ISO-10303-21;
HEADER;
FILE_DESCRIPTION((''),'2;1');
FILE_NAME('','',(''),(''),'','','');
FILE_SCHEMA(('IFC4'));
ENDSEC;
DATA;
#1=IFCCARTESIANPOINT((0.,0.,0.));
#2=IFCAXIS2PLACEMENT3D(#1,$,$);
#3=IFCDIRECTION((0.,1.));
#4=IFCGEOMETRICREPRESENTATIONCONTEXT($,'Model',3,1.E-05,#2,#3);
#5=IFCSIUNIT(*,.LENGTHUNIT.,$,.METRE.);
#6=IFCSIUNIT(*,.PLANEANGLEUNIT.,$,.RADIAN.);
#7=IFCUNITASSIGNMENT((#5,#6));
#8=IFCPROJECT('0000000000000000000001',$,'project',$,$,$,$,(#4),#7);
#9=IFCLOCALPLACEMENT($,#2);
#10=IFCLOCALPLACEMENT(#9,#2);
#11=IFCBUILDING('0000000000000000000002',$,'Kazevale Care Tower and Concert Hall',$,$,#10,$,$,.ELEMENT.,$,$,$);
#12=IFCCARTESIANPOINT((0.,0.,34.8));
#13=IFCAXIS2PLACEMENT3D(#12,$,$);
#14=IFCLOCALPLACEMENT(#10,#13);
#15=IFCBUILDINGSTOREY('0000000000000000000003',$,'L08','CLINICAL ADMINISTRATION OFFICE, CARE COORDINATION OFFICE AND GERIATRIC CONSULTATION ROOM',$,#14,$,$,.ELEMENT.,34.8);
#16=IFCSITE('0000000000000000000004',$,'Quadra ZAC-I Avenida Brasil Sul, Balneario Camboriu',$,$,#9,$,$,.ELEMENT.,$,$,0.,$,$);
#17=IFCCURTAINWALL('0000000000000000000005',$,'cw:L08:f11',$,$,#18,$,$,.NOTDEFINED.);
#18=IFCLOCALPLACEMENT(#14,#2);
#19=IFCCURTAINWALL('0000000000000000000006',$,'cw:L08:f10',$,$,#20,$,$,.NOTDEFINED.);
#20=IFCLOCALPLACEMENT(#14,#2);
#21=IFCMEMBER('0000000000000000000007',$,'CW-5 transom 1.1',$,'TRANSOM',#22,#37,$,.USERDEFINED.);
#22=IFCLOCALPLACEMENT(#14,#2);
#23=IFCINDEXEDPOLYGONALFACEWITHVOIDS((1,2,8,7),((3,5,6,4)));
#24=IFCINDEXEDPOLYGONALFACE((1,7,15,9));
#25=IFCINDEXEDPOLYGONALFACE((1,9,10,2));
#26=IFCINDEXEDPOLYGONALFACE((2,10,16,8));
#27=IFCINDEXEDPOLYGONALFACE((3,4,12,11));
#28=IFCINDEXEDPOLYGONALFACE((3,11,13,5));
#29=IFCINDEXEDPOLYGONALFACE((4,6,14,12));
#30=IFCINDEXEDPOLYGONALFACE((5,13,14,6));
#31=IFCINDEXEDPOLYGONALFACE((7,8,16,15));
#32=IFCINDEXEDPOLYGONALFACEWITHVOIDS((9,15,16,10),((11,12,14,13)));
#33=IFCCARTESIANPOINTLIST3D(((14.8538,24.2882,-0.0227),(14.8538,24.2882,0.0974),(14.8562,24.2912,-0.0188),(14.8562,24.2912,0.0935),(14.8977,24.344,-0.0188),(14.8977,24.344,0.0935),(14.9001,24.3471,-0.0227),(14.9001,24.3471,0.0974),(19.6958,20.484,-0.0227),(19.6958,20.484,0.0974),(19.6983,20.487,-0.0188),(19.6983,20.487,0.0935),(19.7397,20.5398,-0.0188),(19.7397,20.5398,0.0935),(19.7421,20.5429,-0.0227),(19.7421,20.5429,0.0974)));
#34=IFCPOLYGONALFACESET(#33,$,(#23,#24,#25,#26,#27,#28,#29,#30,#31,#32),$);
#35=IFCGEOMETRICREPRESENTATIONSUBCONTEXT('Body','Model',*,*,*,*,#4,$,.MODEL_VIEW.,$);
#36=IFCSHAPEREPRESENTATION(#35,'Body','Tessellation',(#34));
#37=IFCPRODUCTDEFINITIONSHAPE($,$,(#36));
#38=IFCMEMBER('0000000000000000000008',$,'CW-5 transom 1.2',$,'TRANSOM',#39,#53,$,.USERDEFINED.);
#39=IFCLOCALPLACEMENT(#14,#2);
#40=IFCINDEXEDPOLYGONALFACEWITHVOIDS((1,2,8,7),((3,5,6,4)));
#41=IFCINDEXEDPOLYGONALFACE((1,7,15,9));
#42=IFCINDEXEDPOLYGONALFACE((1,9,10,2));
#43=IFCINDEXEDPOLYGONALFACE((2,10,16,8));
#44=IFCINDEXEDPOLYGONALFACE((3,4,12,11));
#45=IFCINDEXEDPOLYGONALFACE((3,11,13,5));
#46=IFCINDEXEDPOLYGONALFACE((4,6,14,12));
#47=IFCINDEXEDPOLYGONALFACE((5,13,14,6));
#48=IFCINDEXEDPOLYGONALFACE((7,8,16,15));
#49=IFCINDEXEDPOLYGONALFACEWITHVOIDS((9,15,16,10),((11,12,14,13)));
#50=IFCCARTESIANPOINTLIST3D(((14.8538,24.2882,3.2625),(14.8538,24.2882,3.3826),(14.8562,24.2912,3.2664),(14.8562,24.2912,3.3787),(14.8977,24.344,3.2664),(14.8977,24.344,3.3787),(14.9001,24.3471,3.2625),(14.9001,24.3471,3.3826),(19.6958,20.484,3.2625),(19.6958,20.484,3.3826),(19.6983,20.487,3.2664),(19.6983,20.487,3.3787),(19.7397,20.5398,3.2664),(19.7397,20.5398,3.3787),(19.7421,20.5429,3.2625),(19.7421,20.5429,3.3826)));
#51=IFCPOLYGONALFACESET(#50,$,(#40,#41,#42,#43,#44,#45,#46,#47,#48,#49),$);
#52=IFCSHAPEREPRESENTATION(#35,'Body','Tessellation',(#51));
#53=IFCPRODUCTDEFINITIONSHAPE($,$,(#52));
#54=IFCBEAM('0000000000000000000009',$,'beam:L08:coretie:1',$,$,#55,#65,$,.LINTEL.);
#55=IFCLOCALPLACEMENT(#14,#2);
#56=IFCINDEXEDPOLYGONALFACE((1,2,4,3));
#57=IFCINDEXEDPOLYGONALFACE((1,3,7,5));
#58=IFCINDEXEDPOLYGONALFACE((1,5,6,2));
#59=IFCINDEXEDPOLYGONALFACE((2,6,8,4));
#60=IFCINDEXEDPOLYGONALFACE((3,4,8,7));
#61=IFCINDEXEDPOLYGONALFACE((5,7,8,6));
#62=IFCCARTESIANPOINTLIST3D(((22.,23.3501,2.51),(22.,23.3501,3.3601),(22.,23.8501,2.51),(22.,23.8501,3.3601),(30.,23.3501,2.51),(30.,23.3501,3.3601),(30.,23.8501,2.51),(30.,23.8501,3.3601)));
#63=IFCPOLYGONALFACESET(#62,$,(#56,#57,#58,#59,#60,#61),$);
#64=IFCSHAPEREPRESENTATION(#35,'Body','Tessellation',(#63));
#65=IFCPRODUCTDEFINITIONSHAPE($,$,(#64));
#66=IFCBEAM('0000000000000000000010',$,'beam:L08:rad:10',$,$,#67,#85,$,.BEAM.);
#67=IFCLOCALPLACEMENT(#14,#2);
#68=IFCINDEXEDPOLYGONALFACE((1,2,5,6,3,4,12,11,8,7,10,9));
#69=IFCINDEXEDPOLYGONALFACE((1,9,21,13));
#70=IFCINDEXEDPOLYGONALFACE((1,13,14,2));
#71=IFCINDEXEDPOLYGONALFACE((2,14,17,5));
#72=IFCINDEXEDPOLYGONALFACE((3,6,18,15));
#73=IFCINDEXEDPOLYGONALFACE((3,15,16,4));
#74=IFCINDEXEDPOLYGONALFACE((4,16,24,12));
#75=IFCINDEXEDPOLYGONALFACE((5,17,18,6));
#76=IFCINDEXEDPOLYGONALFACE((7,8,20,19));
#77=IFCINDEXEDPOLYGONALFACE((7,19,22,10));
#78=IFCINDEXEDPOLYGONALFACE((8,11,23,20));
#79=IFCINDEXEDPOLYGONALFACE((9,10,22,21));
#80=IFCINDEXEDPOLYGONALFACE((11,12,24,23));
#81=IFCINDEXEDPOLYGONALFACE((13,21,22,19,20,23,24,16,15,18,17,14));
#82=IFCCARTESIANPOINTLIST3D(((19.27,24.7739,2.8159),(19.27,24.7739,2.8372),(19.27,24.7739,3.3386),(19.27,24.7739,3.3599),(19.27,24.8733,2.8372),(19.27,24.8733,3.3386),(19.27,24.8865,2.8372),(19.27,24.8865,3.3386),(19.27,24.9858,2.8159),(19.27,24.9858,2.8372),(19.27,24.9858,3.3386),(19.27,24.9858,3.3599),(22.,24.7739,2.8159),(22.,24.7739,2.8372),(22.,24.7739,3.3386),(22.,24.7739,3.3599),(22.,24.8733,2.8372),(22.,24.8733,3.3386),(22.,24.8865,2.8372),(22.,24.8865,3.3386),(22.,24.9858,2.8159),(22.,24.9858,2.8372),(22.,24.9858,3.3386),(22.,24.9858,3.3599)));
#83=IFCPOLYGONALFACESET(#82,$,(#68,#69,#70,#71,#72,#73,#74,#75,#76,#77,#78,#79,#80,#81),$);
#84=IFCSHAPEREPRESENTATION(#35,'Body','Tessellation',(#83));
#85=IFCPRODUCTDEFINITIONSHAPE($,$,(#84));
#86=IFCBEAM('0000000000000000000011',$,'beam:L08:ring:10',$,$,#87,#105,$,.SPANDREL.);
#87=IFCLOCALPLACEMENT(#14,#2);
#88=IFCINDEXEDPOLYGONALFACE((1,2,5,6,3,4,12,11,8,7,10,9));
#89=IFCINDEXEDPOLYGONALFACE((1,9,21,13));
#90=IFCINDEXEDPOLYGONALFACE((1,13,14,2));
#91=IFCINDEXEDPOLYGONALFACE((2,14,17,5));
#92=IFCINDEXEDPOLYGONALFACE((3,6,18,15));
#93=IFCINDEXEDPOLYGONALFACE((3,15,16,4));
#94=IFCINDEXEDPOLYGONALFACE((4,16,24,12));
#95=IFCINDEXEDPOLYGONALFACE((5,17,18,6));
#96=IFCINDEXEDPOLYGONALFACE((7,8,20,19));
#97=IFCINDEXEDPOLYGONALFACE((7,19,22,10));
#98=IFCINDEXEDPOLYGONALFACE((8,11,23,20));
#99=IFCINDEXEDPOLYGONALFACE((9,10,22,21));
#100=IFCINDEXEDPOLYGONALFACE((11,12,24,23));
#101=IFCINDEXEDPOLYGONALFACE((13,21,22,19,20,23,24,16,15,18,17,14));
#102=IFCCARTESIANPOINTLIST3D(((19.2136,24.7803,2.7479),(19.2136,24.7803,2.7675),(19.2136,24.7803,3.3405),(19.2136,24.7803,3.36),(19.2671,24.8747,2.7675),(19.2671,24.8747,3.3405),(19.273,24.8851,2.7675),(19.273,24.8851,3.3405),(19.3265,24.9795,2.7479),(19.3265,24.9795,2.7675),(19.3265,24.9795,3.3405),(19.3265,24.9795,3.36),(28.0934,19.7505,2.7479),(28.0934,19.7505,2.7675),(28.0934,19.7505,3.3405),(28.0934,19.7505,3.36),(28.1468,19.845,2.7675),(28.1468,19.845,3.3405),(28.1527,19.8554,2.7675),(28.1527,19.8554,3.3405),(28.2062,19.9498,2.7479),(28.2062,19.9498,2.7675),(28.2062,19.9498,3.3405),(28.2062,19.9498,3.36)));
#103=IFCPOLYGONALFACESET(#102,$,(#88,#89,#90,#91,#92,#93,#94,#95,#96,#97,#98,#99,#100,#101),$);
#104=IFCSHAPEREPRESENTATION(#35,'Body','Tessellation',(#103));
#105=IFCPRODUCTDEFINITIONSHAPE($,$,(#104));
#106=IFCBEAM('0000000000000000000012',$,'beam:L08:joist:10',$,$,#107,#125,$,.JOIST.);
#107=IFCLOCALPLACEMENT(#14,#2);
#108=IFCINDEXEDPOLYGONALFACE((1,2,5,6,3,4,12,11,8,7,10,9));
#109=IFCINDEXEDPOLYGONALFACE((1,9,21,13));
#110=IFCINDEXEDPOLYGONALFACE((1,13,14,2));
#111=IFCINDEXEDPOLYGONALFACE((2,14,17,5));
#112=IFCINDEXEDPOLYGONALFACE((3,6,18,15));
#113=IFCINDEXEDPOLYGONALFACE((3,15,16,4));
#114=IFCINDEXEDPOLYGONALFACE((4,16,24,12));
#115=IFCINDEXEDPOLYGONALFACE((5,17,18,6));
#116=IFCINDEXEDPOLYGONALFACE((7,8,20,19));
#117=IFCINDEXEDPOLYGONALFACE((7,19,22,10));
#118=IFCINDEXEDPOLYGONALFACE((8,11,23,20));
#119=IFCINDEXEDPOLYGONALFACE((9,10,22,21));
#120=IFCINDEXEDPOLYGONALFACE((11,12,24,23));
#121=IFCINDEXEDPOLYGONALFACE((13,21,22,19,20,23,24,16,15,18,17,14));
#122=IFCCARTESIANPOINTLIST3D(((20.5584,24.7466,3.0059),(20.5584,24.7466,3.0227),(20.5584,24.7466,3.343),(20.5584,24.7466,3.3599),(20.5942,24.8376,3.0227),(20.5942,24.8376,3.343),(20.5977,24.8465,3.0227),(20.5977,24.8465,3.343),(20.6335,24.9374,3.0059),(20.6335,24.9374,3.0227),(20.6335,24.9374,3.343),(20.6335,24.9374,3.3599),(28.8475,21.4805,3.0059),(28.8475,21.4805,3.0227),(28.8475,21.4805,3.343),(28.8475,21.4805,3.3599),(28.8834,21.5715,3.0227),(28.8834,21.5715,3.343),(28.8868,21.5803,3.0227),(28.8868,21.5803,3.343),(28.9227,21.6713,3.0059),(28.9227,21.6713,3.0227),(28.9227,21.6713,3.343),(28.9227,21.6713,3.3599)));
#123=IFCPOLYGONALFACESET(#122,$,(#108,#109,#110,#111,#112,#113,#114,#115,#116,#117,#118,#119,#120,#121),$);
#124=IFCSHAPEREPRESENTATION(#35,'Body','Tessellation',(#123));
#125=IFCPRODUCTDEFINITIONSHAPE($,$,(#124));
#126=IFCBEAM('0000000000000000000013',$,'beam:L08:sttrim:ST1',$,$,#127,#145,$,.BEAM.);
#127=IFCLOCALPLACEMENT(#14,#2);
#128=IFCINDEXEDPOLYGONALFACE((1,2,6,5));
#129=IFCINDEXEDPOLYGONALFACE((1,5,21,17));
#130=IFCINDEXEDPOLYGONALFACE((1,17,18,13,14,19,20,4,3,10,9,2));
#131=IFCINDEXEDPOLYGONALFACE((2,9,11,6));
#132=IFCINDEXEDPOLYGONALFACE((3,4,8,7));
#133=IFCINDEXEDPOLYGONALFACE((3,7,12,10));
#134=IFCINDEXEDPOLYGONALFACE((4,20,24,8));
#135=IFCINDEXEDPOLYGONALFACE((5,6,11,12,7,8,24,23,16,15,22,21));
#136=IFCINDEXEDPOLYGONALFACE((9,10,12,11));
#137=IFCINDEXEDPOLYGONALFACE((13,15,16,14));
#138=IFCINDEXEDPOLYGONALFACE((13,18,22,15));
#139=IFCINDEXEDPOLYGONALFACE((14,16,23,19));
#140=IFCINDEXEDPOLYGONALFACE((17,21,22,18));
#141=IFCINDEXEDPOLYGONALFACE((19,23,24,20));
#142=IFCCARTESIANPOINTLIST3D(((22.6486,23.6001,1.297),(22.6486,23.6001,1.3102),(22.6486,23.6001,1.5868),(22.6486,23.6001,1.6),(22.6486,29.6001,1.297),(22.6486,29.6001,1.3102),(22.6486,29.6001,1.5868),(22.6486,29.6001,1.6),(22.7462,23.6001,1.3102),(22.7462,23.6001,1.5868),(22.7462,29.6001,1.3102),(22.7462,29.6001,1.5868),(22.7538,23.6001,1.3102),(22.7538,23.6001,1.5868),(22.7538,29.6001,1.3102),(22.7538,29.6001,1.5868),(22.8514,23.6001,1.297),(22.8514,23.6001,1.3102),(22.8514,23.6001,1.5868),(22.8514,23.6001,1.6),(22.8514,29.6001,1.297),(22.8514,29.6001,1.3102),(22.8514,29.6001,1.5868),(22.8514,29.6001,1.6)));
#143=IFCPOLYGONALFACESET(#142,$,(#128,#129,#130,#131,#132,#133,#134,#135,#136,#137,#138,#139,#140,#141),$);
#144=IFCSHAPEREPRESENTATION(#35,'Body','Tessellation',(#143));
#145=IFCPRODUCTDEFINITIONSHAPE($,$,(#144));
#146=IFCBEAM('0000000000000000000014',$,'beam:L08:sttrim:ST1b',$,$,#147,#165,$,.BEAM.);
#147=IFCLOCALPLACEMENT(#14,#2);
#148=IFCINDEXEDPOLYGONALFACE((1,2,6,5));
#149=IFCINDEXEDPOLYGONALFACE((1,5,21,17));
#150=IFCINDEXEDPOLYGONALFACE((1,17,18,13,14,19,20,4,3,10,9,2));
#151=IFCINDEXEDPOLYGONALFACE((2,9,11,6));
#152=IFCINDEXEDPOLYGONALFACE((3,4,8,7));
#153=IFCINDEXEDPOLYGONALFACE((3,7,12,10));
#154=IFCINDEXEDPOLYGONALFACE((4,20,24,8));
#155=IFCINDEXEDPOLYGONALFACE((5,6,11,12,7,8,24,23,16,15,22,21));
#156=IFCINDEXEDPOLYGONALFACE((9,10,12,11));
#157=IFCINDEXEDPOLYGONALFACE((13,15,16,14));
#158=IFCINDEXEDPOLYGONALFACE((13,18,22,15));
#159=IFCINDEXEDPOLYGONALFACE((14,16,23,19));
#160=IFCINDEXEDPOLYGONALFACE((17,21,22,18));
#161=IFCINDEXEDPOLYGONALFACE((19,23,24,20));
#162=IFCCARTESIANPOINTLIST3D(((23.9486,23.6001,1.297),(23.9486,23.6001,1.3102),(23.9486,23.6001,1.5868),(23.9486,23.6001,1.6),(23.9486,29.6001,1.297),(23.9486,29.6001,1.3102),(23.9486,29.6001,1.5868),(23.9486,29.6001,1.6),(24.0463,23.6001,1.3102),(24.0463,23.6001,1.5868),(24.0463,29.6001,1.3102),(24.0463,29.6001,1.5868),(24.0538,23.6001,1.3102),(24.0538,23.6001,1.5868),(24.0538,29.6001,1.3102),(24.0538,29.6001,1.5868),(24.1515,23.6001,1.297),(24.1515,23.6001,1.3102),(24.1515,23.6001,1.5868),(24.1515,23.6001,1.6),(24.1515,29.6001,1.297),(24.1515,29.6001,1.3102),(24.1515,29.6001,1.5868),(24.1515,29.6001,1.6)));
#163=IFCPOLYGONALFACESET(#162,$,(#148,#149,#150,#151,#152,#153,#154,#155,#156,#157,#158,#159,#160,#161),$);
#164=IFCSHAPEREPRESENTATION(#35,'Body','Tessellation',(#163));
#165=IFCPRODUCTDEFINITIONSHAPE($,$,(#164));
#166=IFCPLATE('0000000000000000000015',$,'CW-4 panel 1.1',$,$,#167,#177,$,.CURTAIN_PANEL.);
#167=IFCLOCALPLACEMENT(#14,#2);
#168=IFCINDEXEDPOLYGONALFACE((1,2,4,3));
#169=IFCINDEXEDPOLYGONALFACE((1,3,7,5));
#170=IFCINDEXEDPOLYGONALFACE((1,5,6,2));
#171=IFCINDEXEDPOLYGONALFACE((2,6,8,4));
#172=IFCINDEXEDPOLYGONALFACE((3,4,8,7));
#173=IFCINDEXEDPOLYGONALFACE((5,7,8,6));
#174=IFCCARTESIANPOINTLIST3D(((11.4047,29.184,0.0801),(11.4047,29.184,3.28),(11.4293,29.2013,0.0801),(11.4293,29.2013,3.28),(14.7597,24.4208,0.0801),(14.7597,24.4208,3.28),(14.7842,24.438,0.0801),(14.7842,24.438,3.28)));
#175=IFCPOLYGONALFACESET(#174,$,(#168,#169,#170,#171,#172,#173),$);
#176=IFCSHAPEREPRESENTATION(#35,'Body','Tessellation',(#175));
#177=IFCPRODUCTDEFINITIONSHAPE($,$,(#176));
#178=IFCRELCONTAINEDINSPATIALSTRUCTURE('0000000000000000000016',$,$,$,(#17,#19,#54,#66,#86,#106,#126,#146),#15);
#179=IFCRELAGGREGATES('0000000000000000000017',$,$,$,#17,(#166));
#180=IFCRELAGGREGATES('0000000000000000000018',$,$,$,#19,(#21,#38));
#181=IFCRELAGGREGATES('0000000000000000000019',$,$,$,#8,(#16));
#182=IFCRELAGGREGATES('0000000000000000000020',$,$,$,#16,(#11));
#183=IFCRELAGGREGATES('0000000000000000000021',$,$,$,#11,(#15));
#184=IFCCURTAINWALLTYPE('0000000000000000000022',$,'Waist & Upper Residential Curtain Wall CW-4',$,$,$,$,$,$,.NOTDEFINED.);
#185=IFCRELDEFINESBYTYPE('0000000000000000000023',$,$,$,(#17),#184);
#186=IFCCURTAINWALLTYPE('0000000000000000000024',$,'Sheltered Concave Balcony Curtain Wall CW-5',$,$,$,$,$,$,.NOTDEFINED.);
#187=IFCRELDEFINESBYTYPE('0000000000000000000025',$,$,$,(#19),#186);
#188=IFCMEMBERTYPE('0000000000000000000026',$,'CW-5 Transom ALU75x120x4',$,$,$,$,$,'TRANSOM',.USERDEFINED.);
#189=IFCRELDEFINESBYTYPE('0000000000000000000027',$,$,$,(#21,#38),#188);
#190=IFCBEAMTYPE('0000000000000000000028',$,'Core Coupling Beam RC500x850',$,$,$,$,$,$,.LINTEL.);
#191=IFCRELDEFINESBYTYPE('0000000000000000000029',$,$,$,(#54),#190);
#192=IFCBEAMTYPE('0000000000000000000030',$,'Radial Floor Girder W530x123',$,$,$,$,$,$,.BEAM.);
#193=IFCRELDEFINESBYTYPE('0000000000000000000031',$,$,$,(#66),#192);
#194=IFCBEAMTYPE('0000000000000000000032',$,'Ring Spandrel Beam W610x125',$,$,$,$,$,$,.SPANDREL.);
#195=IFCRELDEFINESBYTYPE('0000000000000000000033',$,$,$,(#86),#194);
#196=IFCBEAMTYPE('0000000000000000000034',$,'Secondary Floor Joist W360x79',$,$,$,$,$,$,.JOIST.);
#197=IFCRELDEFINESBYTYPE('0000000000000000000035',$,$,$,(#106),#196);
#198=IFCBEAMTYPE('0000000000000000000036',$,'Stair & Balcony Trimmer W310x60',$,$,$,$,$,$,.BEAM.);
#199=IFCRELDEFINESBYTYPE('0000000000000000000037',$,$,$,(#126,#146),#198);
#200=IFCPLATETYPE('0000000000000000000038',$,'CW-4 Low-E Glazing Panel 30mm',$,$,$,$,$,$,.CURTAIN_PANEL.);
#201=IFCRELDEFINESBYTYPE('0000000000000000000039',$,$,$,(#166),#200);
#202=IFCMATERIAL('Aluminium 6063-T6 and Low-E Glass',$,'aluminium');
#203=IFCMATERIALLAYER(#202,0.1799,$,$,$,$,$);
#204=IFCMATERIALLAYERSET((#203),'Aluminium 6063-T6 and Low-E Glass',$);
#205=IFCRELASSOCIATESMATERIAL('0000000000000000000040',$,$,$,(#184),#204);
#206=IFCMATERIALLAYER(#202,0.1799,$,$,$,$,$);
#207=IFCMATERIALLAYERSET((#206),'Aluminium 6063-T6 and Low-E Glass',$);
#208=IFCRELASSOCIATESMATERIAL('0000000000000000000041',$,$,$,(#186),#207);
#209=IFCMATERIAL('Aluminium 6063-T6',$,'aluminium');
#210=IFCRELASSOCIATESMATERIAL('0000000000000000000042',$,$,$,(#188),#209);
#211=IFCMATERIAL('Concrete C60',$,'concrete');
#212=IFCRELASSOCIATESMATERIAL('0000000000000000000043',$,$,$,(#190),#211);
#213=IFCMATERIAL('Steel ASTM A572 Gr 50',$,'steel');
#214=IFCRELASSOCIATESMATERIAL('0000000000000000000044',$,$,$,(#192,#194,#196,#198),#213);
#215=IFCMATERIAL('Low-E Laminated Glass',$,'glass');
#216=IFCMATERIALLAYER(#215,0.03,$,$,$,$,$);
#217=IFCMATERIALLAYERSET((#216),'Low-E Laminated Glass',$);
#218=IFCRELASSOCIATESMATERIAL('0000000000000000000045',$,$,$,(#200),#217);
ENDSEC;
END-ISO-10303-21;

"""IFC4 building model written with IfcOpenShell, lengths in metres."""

from ifc_helpers import new_model, si_unit, direction, frame, origin, origin_2d, place, context, subcontext, project, spatial, rectangle, hollow_rectangle, i_section, extrude, material, layer, layer_set, material_profile, profile_set, type_object, element, aggregate, save


model = new_model("IFC4")

# Units and contexts
model_context = context("Model", 3, precision=1e-05, world=origin(), true_north=direction((0.0, 1.0)))
body_context = subcontext(model_context, "Body", "Model", "MODEL_VIEW")
ifc_project = project(units=[si_unit("LENGTHUNIT", "METRE"), si_unit("PLANEANGLEUNIT", "RADIAN")], contexts=[model_context])

# Site, building, storey
site_placement = place(None, origin())
site = spatial("IfcSite", under=ifc_project, at=site_placement, Name="Quadra ZAC-I Avenida Brasil Sul, Balneario Camboriu", CompositionType="ELEMENT", RefElevation=0.0)
building_placement = place(site_placement, origin())
building = spatial("IfcBuilding", under=site, at=building_placement, Name="Kazevale Care Tower and Concert Hall", CompositionType="ELEMENT")
storey_placement = place(building_placement, frame((0.0, 0.0, 34.8)))
storey = spatial("IfcBuildingStorey", under=building, at=storey_placement, Name="L08", Description="CLINICAL ADMINISTRATION OFFICE, CARE COORDINATION OFFICE AND GERIATRIC CONSULTATION ROOM", CompositionType="ELEMENT", Elevation=34.8)

# Curtain wall
ifc_material_1 = material(Name="Aluminium 6063-T6 and Low-E Glass", Category="aluminium")
ifc_layer_1 = layer(ifc_material_1, 0.1799)
ifc_layer_set_1 = layer_set([ifc_layer_1], Name="Aluminium 6063-T6 and Low-E Glass")
curtain_wall_type_1 = type_object("IfcCurtainWallType", Name="Waist & Upper Residential Curtain Wall CW-4", PredefinedType="NOTDEFINED", material=ifc_layer_set_1)
curtain_wall_1_placement = place(storey_placement, origin())
curtain_wall_1 = element("IfcCurtainWall", 1, at=curtain_wall_1_placement, inside=storey, type_object=curtain_wall_type_1, Name="cw:L08:f11", PredefinedType="NOTDEFINED")
ifc_material_2 = material(Name="Aluminium 6063-T6", Category="aluminium")

# Shared definitions
ifc_layer_2 = layer(ifc_material_1, 0.1799)
ifc_layer_set_2 = layer_set([ifc_layer_2], Name="Aluminium 6063-T6 and Low-E Glass")
curtain_wall_type_2 = type_object("IfcCurtainWallType", Name="Sheltered Concave Balcony Curtain Wall CW-5", PredefinedType="NOTDEFINED", material=ifc_layer_set_2)

# Curtain wall, members
curtain_wall_2_placement = place(storey_placement, origin())
curtain_wall_2 = element("IfcCurtainWall", 2, at=curtain_wall_2_placement, inside=storey, type_object=curtain_wall_type_2, Name="cw:L08:f10", PredefinedType="NOTDEFINED")
ifc_material_profile_1 = material_profile(ifc_material_2, hollow_rectangle(XDim=0.075, YDim=0.1201, WallThickness=0.0039, at=origin_2d()), Name="ALU75x120x4")
ifc_profile_set_1 = profile_set([ifc_material_profile_1], Name="Aluminium 6063-T6")
member_type_1 = type_object("IfcMemberType", Name="CW-5 Transom ALU75x120x4", ElementType="TRANSOM", PredefinedType="USERDEFINED", material=ifc_profile_set_1)
member_1_placement = place(storey_placement, frame((19.719, 20.5134, 0.0374), z_axis=(-0.786339, 0.617795, 0.0), x_axis=(-0.617795, -0.786339, 0.0)))
member_1 = element("IfcMember", 3, at=member_1_placement, type_object=member_type_1, Name="CW-5 transom 1.1", ObjectType="TRANSOM", PredefinedType="USERDEFINED", context=body_context, shape_type="SweptSolid", body=[
    extrude(hollow_rectangle(XDim=0.075, YDim=0.1201, WallThickness=0.0039, at=origin_2d()), origin(), (0.0, 0.0, 1.0), 6.1577),
])
member_2_placement = place(storey_placement, frame((19.719, 20.5134, 3.3225), z_axis=(-0.786339, 0.617795, 0.0), x_axis=(-0.617795, -0.786339, 0.0)))
member_2 = element("IfcMember", 4, at=member_2_placement, type_object=member_type_1, Name="CW-5 transom 1.2", ObjectType="TRANSOM", PredefinedType="USERDEFINED", context=body_context, shape_type="SweptSolid", body=[
    extrude(hollow_rectangle(XDim=0.075, YDim=0.1201, WallThickness=0.0039, at=origin_2d()), origin(), (0.0, 0.0, 1.0), 6.1577),
])

# Beams
ifc_material_3 = material(Name="Concrete C60", Category="concrete")
ifc_material_profile_2 = material_profile(ifc_material_3, rectangle(XDim=0.5, YDim=0.8501, at=origin_2d()), Name="RC-B500x850")
ifc_profile_set_2 = profile_set([ifc_material_profile_2], Name="Concrete C60")
beam_type_1 = type_object("IfcBeamType", Name="Core Coupling Beam RC500x850", PredefinedType="LINTEL", material=ifc_profile_set_2)
beam_1_placement = place(storey_placement, frame((22.0, 23.6001, 2.9351), z_axis=(1.0, 0.0, 0.0), x_axis=(0.0, 1.0, 0.0)))
element("IfcBeam", 5, at=beam_1_placement, inside=storey, type_object=beam_type_1, Name="beam:L08:coretie:1", PredefinedType="LINTEL", context=body_context, shape_type="SweptSolid", body=[
    extrude(rectangle(XDim=0.5, YDim=0.8501, at=origin_2d()), origin(), (0.0, 0.0, 1.0), 8.0),
])
ifc_material_4 = material(Name="Steel ASTM A572 Gr 50", Category="steel")
ifc_material_profile_3 = material_profile(ifc_material_4, i_section(OverallWidth=0.2119, OverallDepth=0.5439, WebThickness=0.0132, FlangeThickness=0.0212, at=origin_2d()), Name="W530x123")
ifc_profile_set_3 = profile_set([ifc_material_profile_3], Name="Steel ASTM A572 Gr 50")
beam_type_2 = type_object("IfcBeamType", Name="Radial Floor Girder W530x123", PredefinedType="BEAM", material=ifc_profile_set_3)
beam_2_placement = place(storey_placement, frame((22.0, 24.8799, 3.0879), z_axis=(-1.0, 0.0, 0.0), x_axis=(0.0, -1.0, 0.0)))
element("IfcBeam", 6, at=beam_2_placement, inside=storey, type_object=beam_type_2, Name="beam:L08:rad:10", PredefinedType="BEAM", context=body_context, shape_type="SweptSolid", body=[
    extrude(i_section(OverallWidth=0.2119, OverallDepth=0.5439, WebThickness=0.0132, FlangeThickness=0.0212, at=origin_2d()), origin(), (0.0, 0.0, 1.0), 2.73),
])
ifc_material_profile_4 = material_profile(ifc_material_4, i_section(OverallWidth=0.229, OverallDepth=0.6121, WebThickness=0.012, FlangeThickness=0.0195, at=origin_2d()), Name="W610x125")
ifc_profile_set_4 = profile_set([ifc_material_profile_4], Name="Steel ASTM A572 Gr 50")
beam_type_3 = type_object("IfcBeamType", Name="Ring Spandrel Beam W610x125", PredefinedType="SPANDREL", material=ifc_profile_set_4)
beam_3_placement = place(storey_placement, frame((19.27, 24.8799, 3.054), z_axis=(0.870112, -0.492853, 0.0), x_axis=(0.492853, 0.870112, 0.0)))
element("IfcBeam", 7, at=beam_3_placement, inside=storey, type_object=beam_type_3, Name="beam:L08:ring:10", PredefinedType="SPANDREL", context=body_context, shape_type="SweptSolid", body=[
    extrude(i_section(OverallWidth=0.229, OverallDepth=0.6121, WebThickness=0.012, FlangeThickness=0.0195, at=origin_2d()), origin(), (0.0, 0.0, 1.0), 10.2053),
])
ifc_material_profile_5 = material_profile(ifc_material_4, i_section(OverallWidth=0.2051, OverallDepth=0.354, WebThickness=0.0095, FlangeThickness=0.0168, at=origin_2d()), Name="W360x79")
ifc_profile_set_5 = profile_set([ifc_material_profile_5], Name="Steel ASTM A572 Gr 50")
beam_type_4 = type_object("IfcBeamType", Name="Secondary Floor Joist W360x79", PredefinedType="JOIST", material=ifc_profile_set_5)
beam_4_placement = place(storey_placement, frame((20.5959, 24.842, 3.1829), z_axis=(0.930381, -0.366595, 0.0), x_axis=(0.366595, 0.930381, 0.0)))
element("IfcBeam", 8, at=beam_4_placement, inside=storey, type_object=beam_type_4, Name="beam:L08:joist:10", PredefinedType="JOIST", context=body_context, shape_type="SweptSolid", body=[
    extrude(i_section(OverallWidth=0.2051, OverallDepth=0.354, WebThickness=0.0095, FlangeThickness=0.0168, at=origin_2d()), origin(), (0.0, 0.0, 1.0), 8.9094),
])
ifc_material_profile_6 = material_profile(ifc_material_4, i_section(OverallWidth=0.2029, OverallDepth=0.303, WebThickness=0.0076, FlangeThickness=0.0132, at=origin_2d()), Name="W310x60")
ifc_profile_set_6 = profile_set([ifc_material_profile_6], Name="Steel ASTM A572 Gr 50")
beam_type_5 = type_object("IfcBeamType", Name="Stair & Balcony Trimmer W310x60", PredefinedType="BEAM", material=ifc_profile_set_6)
for number, where, z_axis, x_axis, name in (
    (9, (22.75, 23.6001, 1.4485), (0.0, 1.0, 0.0), (-1.0, 0.0, 0.0), "beam:L08:sttrim:ST1"),
    (10, (24.05, 23.6001, 1.4485), (0.0, 1.0, 0.0), (-1.0, 0.0, 0.0), "beam:L08:sttrim:ST1b"),
):
    element("IfcBeam", number, at=place(storey_placement, frame(where, z_axis=z_axis, x_axis=x_axis)), inside=storey, type_object=beam_type_5, Name=name, PredefinedType="BEAM", context=body_context, shape_type="SweptSolid", body=[
        extrude(i_section(OverallWidth=0.2029, OverallDepth=0.303, WebThickness=0.0076, FlangeThickness=0.0132, at=origin_2d()), origin(), (0.0, 0.0, 1.0), 6.0),
    ])

# Plate
ifc_material_5 = material(Name="Low-E Laminated Glass", Category="glass")
ifc_layer_3 = layer(ifc_material_5, 0.03)
ifc_layer_set_3 = layer_set([ifc_layer_3], Name="Low-E Laminated Glass")
plate_type_1 = type_object("IfcPlateType", Name="CW-4 Low-E Glazing Panel 30mm", PredefinedType="CURTAIN_PANEL", material=ifc_layer_set_3)
plate_1_placement = place(storey_placement, frame((13.0945, 26.811, 0.0801), z_axis=(0.0, 0.0, 1.0), x_axis=(-0.575837, 0.817565, 0.0)))
plate_1 = element("IfcPlate", 11, at=plate_1_placement, type_object=plate_type_1, Name="CW-4 panel 1.1", PredefinedType="CURTAIN_PANEL", context=body_context, shape_type="SweptSolid", body=[
    extrude(rectangle(XDim=5.8262, YDim=0.03, at=origin_2d()), origin(), (0.0, 0.0, 1.0), 3.2),
])
aggregate(curtain_wall_1, [plate_1])
aggregate(curtain_wall_2, [member_1, member_2])

save(model, "model.ifc")
